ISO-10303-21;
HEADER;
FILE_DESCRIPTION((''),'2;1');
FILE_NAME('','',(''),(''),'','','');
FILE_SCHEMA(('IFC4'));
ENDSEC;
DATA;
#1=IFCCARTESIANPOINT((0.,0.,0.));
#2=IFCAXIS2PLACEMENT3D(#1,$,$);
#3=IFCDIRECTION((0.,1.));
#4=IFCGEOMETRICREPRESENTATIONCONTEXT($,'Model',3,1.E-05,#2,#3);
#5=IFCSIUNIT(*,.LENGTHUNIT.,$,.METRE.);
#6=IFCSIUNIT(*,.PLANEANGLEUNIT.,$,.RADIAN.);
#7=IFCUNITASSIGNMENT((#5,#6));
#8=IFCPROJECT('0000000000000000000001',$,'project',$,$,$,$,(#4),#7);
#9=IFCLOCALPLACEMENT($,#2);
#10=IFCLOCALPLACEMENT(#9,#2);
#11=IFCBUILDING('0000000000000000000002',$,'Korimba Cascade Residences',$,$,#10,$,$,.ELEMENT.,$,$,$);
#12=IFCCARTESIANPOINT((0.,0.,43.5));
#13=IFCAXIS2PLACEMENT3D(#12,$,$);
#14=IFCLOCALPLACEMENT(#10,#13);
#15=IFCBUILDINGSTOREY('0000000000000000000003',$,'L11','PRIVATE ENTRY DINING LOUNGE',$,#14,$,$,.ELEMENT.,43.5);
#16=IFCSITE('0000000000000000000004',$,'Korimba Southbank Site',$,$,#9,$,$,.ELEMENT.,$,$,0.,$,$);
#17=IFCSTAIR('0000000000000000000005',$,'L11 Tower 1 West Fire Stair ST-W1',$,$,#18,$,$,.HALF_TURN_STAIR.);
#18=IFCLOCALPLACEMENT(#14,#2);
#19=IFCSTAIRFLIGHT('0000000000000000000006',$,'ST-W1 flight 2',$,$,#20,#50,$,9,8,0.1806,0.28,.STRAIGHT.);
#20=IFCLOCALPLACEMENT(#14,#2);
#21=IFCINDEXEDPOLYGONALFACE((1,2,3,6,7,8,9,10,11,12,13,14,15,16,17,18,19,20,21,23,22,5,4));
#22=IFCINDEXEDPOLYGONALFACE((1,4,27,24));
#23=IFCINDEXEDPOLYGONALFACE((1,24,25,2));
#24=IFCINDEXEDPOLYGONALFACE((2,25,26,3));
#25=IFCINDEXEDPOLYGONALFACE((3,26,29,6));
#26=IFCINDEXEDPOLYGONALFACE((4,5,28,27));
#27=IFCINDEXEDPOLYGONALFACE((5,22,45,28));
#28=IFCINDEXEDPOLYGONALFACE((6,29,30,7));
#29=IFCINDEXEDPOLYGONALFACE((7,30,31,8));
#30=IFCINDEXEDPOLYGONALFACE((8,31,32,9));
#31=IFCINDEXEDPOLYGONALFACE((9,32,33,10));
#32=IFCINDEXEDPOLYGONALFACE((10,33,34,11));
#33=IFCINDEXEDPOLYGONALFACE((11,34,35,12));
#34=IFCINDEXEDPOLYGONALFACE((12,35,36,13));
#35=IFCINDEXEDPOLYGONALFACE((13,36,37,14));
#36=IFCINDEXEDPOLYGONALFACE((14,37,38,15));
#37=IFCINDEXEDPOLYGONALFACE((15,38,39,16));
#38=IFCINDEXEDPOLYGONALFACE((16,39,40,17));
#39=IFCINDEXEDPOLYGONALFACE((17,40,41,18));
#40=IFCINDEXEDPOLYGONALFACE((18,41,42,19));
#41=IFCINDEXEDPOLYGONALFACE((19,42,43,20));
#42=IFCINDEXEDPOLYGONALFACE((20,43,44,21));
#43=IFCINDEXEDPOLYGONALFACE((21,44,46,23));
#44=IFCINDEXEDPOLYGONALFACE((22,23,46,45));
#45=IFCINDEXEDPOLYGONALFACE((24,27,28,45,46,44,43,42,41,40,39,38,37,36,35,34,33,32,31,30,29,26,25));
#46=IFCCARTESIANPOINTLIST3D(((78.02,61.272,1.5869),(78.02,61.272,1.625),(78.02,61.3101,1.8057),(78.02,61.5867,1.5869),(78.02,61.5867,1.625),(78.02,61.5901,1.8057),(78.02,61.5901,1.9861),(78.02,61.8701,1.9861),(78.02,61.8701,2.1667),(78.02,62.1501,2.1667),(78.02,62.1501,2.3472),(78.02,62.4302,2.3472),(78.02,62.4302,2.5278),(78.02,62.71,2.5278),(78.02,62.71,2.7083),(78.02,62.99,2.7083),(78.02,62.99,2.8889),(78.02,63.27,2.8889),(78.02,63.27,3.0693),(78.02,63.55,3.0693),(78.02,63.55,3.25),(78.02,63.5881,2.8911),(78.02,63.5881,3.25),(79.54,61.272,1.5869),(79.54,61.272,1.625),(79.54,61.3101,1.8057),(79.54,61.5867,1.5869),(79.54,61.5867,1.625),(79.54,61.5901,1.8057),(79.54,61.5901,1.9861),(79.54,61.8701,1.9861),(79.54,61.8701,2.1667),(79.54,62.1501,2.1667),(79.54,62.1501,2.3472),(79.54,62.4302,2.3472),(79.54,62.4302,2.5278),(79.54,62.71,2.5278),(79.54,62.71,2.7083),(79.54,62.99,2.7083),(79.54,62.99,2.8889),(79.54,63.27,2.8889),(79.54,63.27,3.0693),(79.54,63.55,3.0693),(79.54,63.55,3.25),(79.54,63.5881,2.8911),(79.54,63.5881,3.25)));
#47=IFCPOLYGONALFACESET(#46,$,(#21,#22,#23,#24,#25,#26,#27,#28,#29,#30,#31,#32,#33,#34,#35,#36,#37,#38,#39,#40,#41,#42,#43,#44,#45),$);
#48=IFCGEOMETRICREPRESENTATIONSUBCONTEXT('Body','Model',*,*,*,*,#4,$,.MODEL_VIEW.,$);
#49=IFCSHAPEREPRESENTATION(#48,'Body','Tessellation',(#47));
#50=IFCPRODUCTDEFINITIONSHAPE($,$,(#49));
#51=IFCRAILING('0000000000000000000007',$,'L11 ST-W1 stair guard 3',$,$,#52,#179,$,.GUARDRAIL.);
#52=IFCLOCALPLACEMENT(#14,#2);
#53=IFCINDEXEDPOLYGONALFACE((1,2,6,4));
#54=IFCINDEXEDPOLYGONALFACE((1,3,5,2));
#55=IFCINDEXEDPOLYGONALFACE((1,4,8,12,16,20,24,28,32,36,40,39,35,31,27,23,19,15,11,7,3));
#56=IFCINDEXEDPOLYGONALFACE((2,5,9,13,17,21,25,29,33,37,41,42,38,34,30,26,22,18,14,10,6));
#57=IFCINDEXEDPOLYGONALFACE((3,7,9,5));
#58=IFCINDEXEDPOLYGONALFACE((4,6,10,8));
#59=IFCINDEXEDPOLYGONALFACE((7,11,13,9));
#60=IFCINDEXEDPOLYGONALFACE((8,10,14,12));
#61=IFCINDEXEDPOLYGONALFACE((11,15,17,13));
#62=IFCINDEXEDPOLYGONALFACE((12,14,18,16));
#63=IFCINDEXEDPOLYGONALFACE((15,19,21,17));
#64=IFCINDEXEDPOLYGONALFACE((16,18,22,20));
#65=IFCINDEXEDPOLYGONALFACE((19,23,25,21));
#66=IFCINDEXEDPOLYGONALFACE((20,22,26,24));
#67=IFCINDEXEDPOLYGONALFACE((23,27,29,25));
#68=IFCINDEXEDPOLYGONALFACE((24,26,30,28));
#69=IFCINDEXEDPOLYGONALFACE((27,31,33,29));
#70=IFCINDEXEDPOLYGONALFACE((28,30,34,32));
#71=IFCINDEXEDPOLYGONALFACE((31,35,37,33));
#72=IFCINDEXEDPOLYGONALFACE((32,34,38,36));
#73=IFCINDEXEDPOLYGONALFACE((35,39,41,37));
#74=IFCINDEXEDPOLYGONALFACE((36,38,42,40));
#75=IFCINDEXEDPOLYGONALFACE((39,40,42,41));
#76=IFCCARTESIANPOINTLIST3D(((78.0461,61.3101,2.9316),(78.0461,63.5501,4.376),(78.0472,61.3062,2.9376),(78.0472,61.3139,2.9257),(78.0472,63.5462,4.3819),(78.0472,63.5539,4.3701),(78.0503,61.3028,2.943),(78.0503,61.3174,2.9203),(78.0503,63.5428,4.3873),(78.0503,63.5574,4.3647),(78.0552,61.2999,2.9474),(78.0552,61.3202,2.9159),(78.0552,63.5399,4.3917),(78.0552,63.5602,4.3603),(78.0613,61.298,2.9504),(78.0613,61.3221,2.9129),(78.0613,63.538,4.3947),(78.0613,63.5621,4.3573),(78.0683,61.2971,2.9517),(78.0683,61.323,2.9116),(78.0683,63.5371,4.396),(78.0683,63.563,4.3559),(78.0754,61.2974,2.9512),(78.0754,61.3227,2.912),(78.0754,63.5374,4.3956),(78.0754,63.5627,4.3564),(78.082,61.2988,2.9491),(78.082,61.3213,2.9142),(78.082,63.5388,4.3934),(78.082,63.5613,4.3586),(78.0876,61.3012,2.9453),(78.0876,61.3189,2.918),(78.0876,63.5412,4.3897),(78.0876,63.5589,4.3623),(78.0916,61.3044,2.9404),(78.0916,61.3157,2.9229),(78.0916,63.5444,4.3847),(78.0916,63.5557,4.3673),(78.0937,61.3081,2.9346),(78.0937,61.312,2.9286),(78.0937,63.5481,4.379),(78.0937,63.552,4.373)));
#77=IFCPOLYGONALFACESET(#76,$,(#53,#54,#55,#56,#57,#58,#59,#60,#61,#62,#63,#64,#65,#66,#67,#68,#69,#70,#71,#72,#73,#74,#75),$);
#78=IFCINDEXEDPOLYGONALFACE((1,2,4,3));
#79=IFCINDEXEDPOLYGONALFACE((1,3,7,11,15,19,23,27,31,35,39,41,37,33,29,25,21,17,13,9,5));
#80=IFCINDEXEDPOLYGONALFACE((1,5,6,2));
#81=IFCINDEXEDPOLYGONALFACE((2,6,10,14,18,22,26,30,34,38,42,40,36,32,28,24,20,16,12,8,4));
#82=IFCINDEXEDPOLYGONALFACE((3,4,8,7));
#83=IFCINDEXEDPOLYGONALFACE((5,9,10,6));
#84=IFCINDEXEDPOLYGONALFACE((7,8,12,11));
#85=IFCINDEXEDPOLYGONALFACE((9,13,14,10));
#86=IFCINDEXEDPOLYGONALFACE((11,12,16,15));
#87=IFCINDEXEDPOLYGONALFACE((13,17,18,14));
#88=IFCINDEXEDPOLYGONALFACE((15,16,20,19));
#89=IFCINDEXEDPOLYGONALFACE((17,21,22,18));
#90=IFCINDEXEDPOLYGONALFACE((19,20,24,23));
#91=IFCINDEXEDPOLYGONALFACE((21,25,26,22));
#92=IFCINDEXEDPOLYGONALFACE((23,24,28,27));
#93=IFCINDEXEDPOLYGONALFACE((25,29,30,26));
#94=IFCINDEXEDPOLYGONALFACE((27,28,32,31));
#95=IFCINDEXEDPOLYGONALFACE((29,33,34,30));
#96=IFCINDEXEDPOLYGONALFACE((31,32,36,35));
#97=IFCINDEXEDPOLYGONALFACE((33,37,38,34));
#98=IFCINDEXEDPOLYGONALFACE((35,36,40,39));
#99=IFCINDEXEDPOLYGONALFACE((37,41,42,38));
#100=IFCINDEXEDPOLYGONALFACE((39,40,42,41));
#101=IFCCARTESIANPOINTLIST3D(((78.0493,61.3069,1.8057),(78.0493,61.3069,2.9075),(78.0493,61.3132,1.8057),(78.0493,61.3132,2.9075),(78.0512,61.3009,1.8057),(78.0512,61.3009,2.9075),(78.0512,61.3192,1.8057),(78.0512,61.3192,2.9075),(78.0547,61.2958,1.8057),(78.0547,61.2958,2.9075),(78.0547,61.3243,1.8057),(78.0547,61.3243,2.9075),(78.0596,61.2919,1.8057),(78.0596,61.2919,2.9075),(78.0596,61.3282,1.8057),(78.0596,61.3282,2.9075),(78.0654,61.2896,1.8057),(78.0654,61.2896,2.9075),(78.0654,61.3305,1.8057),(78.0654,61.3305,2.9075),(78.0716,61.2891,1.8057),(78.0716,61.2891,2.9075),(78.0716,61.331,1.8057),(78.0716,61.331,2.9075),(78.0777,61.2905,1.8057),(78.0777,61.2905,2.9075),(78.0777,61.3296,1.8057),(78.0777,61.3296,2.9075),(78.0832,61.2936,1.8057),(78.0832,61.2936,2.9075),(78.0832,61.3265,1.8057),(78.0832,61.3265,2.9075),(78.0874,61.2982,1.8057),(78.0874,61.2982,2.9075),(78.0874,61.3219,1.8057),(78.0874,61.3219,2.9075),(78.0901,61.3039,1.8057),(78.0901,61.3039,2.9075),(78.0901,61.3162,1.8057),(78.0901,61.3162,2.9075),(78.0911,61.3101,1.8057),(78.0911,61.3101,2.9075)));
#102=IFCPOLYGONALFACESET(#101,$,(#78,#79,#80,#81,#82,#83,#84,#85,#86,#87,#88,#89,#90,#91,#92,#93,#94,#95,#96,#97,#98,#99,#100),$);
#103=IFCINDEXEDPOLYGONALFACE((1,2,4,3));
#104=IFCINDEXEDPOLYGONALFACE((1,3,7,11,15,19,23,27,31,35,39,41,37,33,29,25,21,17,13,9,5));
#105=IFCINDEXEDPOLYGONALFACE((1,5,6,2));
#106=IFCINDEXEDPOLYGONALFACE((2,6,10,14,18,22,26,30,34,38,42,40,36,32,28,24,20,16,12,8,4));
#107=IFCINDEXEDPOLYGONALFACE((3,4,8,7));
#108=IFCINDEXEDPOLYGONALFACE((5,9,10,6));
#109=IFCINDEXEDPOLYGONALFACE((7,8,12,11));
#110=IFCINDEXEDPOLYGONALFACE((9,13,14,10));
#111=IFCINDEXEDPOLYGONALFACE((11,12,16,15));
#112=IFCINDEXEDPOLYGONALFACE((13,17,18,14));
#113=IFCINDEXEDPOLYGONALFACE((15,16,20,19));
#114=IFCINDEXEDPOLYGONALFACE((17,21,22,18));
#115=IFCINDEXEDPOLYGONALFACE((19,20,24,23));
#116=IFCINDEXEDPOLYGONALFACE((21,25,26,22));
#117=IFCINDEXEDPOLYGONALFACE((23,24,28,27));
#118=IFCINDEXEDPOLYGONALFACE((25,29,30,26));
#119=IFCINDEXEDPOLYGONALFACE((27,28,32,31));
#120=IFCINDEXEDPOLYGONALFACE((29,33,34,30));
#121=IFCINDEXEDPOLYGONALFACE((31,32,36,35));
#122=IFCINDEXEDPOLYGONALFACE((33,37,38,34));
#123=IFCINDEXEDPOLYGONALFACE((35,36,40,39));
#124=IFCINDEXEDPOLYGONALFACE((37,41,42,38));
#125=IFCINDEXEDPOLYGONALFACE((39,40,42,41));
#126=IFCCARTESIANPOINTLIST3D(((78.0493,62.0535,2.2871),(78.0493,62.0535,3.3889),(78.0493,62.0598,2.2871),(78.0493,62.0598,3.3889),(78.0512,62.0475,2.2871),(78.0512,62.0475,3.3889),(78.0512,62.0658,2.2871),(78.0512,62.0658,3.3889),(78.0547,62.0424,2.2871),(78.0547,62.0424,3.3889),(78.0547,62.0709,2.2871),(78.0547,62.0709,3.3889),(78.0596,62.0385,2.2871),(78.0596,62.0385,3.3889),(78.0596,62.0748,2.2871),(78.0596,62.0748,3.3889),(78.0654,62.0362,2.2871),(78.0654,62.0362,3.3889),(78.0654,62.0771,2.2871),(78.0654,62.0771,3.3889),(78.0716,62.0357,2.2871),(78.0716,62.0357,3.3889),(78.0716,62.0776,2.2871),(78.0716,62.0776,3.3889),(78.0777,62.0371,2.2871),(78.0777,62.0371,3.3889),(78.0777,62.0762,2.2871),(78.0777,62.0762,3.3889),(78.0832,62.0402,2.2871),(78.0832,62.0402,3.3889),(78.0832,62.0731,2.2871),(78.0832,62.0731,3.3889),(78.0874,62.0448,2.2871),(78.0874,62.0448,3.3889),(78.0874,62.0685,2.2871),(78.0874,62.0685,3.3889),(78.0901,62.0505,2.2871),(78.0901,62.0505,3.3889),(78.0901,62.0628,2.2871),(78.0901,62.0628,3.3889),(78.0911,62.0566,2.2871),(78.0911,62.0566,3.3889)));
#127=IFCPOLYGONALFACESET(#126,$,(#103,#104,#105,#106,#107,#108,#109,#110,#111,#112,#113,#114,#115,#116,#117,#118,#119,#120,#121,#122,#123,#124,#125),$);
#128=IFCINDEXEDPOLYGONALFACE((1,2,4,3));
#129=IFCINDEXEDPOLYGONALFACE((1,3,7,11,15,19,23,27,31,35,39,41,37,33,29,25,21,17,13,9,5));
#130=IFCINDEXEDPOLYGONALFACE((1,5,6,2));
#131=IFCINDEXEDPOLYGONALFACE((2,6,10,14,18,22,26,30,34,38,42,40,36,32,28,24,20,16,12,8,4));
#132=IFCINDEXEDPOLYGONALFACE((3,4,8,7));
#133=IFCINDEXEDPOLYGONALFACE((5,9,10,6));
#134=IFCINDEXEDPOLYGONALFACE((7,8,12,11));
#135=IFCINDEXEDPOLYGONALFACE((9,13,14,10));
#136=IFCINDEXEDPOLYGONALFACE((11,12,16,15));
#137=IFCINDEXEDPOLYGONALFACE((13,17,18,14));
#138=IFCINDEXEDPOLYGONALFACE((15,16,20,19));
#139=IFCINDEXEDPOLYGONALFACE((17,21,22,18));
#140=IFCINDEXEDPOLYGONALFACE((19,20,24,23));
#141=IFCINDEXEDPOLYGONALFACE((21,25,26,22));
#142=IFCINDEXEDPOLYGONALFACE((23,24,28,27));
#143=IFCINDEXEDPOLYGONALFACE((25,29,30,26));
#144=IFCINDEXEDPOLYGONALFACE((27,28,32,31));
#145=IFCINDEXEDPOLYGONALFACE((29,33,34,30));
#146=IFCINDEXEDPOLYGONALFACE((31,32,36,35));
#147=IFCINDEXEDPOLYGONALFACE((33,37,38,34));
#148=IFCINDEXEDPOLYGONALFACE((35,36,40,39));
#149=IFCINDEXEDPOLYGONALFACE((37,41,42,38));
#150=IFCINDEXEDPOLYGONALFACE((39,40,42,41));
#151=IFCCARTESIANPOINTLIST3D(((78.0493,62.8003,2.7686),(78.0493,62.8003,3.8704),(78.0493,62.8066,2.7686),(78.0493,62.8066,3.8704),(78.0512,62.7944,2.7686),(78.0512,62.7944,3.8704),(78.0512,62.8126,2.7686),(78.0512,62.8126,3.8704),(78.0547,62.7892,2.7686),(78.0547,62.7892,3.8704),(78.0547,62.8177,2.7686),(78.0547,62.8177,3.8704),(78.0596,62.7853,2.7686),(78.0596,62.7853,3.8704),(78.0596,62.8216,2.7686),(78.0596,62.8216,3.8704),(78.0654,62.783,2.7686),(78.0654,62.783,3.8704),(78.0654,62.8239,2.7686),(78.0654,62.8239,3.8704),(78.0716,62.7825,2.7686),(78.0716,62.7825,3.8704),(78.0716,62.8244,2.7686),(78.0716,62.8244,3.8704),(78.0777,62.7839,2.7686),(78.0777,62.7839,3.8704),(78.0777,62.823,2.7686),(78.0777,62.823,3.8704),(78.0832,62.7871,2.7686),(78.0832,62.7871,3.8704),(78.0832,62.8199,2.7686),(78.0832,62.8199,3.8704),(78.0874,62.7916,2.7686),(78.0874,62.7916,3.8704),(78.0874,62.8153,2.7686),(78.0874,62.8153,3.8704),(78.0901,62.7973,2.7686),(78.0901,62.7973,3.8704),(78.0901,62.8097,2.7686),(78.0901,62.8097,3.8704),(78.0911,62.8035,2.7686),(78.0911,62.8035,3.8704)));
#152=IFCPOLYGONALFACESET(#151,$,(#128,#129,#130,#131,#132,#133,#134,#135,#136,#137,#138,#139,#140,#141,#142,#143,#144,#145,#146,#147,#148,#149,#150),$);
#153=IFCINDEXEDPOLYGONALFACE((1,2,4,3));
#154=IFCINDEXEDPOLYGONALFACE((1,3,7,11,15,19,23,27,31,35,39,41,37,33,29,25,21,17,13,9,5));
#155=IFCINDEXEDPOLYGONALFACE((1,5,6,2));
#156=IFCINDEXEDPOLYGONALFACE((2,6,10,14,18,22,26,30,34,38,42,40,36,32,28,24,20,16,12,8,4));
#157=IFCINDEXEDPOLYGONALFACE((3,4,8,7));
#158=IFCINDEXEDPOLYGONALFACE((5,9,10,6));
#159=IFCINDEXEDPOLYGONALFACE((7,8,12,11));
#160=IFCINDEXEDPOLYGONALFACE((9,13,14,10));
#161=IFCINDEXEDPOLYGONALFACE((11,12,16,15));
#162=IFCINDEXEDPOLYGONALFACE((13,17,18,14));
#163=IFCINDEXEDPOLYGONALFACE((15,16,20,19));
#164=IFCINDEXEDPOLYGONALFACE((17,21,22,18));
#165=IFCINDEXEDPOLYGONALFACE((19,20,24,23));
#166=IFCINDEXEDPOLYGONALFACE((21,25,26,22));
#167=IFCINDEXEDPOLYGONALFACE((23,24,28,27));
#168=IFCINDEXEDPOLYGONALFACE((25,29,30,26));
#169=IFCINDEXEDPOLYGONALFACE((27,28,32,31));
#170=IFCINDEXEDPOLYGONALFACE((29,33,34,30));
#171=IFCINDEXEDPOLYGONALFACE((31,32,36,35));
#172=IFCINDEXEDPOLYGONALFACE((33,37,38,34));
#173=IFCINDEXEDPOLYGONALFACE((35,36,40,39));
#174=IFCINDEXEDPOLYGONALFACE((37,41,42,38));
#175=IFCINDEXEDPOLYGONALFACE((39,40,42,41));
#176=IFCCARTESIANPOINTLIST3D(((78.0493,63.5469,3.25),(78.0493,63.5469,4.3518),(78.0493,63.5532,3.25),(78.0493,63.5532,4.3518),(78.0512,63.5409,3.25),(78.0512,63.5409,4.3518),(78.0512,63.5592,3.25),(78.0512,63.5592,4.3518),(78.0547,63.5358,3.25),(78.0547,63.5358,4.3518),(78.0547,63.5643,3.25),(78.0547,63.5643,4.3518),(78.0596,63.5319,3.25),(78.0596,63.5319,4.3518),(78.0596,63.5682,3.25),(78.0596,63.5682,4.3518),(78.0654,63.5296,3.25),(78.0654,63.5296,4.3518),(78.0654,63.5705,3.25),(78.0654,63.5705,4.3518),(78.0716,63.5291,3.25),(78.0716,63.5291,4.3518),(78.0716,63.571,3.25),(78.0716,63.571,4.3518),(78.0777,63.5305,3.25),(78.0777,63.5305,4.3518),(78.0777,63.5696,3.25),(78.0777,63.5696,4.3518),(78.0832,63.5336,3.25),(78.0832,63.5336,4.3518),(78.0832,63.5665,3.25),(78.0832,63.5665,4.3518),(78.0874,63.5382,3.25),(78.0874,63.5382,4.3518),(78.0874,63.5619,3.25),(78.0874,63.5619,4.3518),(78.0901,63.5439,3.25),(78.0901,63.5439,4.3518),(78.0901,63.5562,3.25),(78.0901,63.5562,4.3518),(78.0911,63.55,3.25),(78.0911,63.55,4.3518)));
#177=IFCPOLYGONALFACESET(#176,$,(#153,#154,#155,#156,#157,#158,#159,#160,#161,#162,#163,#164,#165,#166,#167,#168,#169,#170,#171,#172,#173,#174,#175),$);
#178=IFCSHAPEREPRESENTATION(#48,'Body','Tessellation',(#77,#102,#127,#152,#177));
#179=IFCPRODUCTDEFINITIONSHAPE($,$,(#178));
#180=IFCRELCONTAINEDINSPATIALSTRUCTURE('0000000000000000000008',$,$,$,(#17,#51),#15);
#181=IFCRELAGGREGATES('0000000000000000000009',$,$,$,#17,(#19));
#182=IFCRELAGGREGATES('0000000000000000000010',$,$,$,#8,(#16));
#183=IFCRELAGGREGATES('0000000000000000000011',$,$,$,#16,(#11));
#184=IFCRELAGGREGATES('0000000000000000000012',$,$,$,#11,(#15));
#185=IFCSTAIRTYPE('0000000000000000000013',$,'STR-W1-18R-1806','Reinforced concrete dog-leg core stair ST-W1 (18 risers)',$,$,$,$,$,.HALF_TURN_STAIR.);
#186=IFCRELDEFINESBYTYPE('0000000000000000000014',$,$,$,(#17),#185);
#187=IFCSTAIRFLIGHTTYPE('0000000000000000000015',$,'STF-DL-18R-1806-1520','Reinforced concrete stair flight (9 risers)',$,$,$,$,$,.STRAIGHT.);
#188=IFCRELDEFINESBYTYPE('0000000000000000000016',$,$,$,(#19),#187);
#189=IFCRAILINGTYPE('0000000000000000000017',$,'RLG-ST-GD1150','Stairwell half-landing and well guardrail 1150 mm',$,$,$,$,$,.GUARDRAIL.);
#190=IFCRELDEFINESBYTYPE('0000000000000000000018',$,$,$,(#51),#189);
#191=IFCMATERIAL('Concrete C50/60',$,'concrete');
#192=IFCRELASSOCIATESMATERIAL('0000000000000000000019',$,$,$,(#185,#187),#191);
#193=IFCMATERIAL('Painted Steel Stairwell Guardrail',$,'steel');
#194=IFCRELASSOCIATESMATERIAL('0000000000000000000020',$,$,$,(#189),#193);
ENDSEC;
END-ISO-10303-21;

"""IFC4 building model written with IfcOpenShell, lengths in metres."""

from ifc_helpers import new_model, si_unit, direction, frame, origin, origin_2d, place, context, subcontext, project, spatial, polyline, circle, outline, extrude, material, type_object, element, aggregate, save


model = new_model("IFC4")

# Units and contexts
model_context = context("Model", 3, precision=1e-05, world=origin(), true_north=direction((0.0, 1.0)))
body_context = subcontext(model_context, "Body", "Model", "MODEL_VIEW")
ifc_project = project(units=[si_unit("LENGTHUNIT", "METRE"), si_unit("PLANEANGLEUNIT", "RADIAN")], contexts=[model_context])

# Site, building, storey
site_placement = place(None, origin())
site = spatial("IfcSite", under=ifc_project, at=site_placement, Name="Korimba Southbank Site", CompositionType="ELEMENT", RefElevation=0.0)
building_placement = place(site_placement, origin())
building = spatial("IfcBuilding", under=site, at=building_placement, Name="Korimba Cascade Residences", CompositionType="ELEMENT")
storey_placement = place(building_placement, frame((0.0, 0.0, 43.5)))
storey = spatial("IfcBuildingStorey", under=building, at=storey_placement, Name="L11", Description="PRIVATE ENTRY DINING LOUNGE", CompositionType="ELEMENT", Elevation=43.5)

# Stair, stair flight
ifc_material_1 = material(Name="Concrete C50/60", Category="concrete")
stair_type = type_object("IfcStairType", Name="STR-W1-18R-1806", Description="Reinforced concrete dog-leg core stair ST-W1 (18 risers)", PredefinedType="HALF_TURN_STAIR", material=ifc_material_1)
stair_placement = place(storey_placement, origin())
stair = element("IfcStair", 1, at=stair_placement, inside=storey, type_object=stair_type, Name="L11 Tower 1 West Fire Stair ST-W1", PredefinedType="HALF_TURN_STAIR")
stair_flight_type = type_object("IfcStairFlightType", Name="STF-DL-18R-1806-1520", Description="Reinforced concrete stair flight (9 risers)", PredefinedType="STRAIGHT", material=ifc_material_1)
stair_flight_placement = place(storey_placement, frame((78.78, 61.3101, 1.625), z_axis=(0.0, 0.0, 1.0), x_axis=(0.0, 1.0, 0.0)))
stair_flight = element("IfcStairFlight", 2, at=stair_flight_placement, type_object=stair_flight_type, Name="ST-W1 flight 2", NumberOfRisers=9, NumberOfTreads=8, PredefinedType="STRAIGHT", RiserHeight=0.1806, TreadLength=0.28, context=body_context, shape_type="SweptSolid", body=[
    extrude(outline(polyline([(-0.0381, 0.0), (0.0, 0.1807), (0.28, 0.1807), (0.28, 0.3611), (0.5601, 0.3611), (0.5601, 0.5417), (0.8401, 0.5417), (0.8401, 0.7222), (1.1201, 0.7222), (1.1201, 0.9028), (1.3999, 0.9028), (1.3999, 1.0833), (1.6799, 1.0833), (1.6799, 1.2639), (1.96, 1.2639), (1.96, 1.4443), (2.24, 1.4443), (2.24, 1.625), (2.2781, 1.625), (2.2781, 1.2661), (0.2766, 0.0), (0.2766, -0.0381), (-0.0381, -0.0381), (-0.0381, 0.0)])), frame((0.0, 0.76, 0.0), z_axis=(0.0, -1.0, 0.0), x_axis=(1.0, 0.0, 0.0)), (0.0, 0.0, 1.0), 1.52),
])
aggregate(stair, [stair_flight])

# Railing
ifc_material_2 = material(Name="Painted Steel Stairwell Guardrail", Category="steel")
railing_type_1 = type_object("IfcRailingType", Name="RLG-ST-GD1150", Description="Stairwell half-landing and well guardrail 1150 mm", PredefinedType="GUARDRAIL", material=ifc_material_2)
railing_1_placement = place(storey_placement, frame((78.0701, 61.3101, 1.8057)))
element("IfcRailing", 3, at=railing_1_placement, inside=storey, type_object=railing_type_1, Name="L11 ST-W1 stair guard 3", PredefinedType="GUARDRAIL", context=body_context, shape_type="SweptSolid", body=[
    extrude(circle(Radius=0.0239, at=origin_2d()), frame((0.0, 0.0, 1.126), z_axis=(0.0, 0.840437, 0.54191), x_axis=(-1.0, 0.0, 0.0)), (0.0, 0.0, 1.0), 2.6653),
    extrude(circle(Radius=0.021, at=origin_2d()), origin(), (0.0, 0.0, 1.0), 1.1018),
    extrude(circle(Radius=0.021, at=origin_2d()), frame((0.0, 0.7466, 0.4814)), (0.0, 0.0, 1.0), 1.1018),
    extrude(circle(Radius=0.021, at=origin_2d()), frame((0.0, 1.4934, 0.9629)), (0.0, 0.0, 1.0), 1.1018),
    extrude(circle(Radius=0.021, at=origin_2d()), frame((0.0, 2.24, 1.4443)), (0.0, 0.0, 1.0), 1.1018),
])

save(model, "model.ifc")
